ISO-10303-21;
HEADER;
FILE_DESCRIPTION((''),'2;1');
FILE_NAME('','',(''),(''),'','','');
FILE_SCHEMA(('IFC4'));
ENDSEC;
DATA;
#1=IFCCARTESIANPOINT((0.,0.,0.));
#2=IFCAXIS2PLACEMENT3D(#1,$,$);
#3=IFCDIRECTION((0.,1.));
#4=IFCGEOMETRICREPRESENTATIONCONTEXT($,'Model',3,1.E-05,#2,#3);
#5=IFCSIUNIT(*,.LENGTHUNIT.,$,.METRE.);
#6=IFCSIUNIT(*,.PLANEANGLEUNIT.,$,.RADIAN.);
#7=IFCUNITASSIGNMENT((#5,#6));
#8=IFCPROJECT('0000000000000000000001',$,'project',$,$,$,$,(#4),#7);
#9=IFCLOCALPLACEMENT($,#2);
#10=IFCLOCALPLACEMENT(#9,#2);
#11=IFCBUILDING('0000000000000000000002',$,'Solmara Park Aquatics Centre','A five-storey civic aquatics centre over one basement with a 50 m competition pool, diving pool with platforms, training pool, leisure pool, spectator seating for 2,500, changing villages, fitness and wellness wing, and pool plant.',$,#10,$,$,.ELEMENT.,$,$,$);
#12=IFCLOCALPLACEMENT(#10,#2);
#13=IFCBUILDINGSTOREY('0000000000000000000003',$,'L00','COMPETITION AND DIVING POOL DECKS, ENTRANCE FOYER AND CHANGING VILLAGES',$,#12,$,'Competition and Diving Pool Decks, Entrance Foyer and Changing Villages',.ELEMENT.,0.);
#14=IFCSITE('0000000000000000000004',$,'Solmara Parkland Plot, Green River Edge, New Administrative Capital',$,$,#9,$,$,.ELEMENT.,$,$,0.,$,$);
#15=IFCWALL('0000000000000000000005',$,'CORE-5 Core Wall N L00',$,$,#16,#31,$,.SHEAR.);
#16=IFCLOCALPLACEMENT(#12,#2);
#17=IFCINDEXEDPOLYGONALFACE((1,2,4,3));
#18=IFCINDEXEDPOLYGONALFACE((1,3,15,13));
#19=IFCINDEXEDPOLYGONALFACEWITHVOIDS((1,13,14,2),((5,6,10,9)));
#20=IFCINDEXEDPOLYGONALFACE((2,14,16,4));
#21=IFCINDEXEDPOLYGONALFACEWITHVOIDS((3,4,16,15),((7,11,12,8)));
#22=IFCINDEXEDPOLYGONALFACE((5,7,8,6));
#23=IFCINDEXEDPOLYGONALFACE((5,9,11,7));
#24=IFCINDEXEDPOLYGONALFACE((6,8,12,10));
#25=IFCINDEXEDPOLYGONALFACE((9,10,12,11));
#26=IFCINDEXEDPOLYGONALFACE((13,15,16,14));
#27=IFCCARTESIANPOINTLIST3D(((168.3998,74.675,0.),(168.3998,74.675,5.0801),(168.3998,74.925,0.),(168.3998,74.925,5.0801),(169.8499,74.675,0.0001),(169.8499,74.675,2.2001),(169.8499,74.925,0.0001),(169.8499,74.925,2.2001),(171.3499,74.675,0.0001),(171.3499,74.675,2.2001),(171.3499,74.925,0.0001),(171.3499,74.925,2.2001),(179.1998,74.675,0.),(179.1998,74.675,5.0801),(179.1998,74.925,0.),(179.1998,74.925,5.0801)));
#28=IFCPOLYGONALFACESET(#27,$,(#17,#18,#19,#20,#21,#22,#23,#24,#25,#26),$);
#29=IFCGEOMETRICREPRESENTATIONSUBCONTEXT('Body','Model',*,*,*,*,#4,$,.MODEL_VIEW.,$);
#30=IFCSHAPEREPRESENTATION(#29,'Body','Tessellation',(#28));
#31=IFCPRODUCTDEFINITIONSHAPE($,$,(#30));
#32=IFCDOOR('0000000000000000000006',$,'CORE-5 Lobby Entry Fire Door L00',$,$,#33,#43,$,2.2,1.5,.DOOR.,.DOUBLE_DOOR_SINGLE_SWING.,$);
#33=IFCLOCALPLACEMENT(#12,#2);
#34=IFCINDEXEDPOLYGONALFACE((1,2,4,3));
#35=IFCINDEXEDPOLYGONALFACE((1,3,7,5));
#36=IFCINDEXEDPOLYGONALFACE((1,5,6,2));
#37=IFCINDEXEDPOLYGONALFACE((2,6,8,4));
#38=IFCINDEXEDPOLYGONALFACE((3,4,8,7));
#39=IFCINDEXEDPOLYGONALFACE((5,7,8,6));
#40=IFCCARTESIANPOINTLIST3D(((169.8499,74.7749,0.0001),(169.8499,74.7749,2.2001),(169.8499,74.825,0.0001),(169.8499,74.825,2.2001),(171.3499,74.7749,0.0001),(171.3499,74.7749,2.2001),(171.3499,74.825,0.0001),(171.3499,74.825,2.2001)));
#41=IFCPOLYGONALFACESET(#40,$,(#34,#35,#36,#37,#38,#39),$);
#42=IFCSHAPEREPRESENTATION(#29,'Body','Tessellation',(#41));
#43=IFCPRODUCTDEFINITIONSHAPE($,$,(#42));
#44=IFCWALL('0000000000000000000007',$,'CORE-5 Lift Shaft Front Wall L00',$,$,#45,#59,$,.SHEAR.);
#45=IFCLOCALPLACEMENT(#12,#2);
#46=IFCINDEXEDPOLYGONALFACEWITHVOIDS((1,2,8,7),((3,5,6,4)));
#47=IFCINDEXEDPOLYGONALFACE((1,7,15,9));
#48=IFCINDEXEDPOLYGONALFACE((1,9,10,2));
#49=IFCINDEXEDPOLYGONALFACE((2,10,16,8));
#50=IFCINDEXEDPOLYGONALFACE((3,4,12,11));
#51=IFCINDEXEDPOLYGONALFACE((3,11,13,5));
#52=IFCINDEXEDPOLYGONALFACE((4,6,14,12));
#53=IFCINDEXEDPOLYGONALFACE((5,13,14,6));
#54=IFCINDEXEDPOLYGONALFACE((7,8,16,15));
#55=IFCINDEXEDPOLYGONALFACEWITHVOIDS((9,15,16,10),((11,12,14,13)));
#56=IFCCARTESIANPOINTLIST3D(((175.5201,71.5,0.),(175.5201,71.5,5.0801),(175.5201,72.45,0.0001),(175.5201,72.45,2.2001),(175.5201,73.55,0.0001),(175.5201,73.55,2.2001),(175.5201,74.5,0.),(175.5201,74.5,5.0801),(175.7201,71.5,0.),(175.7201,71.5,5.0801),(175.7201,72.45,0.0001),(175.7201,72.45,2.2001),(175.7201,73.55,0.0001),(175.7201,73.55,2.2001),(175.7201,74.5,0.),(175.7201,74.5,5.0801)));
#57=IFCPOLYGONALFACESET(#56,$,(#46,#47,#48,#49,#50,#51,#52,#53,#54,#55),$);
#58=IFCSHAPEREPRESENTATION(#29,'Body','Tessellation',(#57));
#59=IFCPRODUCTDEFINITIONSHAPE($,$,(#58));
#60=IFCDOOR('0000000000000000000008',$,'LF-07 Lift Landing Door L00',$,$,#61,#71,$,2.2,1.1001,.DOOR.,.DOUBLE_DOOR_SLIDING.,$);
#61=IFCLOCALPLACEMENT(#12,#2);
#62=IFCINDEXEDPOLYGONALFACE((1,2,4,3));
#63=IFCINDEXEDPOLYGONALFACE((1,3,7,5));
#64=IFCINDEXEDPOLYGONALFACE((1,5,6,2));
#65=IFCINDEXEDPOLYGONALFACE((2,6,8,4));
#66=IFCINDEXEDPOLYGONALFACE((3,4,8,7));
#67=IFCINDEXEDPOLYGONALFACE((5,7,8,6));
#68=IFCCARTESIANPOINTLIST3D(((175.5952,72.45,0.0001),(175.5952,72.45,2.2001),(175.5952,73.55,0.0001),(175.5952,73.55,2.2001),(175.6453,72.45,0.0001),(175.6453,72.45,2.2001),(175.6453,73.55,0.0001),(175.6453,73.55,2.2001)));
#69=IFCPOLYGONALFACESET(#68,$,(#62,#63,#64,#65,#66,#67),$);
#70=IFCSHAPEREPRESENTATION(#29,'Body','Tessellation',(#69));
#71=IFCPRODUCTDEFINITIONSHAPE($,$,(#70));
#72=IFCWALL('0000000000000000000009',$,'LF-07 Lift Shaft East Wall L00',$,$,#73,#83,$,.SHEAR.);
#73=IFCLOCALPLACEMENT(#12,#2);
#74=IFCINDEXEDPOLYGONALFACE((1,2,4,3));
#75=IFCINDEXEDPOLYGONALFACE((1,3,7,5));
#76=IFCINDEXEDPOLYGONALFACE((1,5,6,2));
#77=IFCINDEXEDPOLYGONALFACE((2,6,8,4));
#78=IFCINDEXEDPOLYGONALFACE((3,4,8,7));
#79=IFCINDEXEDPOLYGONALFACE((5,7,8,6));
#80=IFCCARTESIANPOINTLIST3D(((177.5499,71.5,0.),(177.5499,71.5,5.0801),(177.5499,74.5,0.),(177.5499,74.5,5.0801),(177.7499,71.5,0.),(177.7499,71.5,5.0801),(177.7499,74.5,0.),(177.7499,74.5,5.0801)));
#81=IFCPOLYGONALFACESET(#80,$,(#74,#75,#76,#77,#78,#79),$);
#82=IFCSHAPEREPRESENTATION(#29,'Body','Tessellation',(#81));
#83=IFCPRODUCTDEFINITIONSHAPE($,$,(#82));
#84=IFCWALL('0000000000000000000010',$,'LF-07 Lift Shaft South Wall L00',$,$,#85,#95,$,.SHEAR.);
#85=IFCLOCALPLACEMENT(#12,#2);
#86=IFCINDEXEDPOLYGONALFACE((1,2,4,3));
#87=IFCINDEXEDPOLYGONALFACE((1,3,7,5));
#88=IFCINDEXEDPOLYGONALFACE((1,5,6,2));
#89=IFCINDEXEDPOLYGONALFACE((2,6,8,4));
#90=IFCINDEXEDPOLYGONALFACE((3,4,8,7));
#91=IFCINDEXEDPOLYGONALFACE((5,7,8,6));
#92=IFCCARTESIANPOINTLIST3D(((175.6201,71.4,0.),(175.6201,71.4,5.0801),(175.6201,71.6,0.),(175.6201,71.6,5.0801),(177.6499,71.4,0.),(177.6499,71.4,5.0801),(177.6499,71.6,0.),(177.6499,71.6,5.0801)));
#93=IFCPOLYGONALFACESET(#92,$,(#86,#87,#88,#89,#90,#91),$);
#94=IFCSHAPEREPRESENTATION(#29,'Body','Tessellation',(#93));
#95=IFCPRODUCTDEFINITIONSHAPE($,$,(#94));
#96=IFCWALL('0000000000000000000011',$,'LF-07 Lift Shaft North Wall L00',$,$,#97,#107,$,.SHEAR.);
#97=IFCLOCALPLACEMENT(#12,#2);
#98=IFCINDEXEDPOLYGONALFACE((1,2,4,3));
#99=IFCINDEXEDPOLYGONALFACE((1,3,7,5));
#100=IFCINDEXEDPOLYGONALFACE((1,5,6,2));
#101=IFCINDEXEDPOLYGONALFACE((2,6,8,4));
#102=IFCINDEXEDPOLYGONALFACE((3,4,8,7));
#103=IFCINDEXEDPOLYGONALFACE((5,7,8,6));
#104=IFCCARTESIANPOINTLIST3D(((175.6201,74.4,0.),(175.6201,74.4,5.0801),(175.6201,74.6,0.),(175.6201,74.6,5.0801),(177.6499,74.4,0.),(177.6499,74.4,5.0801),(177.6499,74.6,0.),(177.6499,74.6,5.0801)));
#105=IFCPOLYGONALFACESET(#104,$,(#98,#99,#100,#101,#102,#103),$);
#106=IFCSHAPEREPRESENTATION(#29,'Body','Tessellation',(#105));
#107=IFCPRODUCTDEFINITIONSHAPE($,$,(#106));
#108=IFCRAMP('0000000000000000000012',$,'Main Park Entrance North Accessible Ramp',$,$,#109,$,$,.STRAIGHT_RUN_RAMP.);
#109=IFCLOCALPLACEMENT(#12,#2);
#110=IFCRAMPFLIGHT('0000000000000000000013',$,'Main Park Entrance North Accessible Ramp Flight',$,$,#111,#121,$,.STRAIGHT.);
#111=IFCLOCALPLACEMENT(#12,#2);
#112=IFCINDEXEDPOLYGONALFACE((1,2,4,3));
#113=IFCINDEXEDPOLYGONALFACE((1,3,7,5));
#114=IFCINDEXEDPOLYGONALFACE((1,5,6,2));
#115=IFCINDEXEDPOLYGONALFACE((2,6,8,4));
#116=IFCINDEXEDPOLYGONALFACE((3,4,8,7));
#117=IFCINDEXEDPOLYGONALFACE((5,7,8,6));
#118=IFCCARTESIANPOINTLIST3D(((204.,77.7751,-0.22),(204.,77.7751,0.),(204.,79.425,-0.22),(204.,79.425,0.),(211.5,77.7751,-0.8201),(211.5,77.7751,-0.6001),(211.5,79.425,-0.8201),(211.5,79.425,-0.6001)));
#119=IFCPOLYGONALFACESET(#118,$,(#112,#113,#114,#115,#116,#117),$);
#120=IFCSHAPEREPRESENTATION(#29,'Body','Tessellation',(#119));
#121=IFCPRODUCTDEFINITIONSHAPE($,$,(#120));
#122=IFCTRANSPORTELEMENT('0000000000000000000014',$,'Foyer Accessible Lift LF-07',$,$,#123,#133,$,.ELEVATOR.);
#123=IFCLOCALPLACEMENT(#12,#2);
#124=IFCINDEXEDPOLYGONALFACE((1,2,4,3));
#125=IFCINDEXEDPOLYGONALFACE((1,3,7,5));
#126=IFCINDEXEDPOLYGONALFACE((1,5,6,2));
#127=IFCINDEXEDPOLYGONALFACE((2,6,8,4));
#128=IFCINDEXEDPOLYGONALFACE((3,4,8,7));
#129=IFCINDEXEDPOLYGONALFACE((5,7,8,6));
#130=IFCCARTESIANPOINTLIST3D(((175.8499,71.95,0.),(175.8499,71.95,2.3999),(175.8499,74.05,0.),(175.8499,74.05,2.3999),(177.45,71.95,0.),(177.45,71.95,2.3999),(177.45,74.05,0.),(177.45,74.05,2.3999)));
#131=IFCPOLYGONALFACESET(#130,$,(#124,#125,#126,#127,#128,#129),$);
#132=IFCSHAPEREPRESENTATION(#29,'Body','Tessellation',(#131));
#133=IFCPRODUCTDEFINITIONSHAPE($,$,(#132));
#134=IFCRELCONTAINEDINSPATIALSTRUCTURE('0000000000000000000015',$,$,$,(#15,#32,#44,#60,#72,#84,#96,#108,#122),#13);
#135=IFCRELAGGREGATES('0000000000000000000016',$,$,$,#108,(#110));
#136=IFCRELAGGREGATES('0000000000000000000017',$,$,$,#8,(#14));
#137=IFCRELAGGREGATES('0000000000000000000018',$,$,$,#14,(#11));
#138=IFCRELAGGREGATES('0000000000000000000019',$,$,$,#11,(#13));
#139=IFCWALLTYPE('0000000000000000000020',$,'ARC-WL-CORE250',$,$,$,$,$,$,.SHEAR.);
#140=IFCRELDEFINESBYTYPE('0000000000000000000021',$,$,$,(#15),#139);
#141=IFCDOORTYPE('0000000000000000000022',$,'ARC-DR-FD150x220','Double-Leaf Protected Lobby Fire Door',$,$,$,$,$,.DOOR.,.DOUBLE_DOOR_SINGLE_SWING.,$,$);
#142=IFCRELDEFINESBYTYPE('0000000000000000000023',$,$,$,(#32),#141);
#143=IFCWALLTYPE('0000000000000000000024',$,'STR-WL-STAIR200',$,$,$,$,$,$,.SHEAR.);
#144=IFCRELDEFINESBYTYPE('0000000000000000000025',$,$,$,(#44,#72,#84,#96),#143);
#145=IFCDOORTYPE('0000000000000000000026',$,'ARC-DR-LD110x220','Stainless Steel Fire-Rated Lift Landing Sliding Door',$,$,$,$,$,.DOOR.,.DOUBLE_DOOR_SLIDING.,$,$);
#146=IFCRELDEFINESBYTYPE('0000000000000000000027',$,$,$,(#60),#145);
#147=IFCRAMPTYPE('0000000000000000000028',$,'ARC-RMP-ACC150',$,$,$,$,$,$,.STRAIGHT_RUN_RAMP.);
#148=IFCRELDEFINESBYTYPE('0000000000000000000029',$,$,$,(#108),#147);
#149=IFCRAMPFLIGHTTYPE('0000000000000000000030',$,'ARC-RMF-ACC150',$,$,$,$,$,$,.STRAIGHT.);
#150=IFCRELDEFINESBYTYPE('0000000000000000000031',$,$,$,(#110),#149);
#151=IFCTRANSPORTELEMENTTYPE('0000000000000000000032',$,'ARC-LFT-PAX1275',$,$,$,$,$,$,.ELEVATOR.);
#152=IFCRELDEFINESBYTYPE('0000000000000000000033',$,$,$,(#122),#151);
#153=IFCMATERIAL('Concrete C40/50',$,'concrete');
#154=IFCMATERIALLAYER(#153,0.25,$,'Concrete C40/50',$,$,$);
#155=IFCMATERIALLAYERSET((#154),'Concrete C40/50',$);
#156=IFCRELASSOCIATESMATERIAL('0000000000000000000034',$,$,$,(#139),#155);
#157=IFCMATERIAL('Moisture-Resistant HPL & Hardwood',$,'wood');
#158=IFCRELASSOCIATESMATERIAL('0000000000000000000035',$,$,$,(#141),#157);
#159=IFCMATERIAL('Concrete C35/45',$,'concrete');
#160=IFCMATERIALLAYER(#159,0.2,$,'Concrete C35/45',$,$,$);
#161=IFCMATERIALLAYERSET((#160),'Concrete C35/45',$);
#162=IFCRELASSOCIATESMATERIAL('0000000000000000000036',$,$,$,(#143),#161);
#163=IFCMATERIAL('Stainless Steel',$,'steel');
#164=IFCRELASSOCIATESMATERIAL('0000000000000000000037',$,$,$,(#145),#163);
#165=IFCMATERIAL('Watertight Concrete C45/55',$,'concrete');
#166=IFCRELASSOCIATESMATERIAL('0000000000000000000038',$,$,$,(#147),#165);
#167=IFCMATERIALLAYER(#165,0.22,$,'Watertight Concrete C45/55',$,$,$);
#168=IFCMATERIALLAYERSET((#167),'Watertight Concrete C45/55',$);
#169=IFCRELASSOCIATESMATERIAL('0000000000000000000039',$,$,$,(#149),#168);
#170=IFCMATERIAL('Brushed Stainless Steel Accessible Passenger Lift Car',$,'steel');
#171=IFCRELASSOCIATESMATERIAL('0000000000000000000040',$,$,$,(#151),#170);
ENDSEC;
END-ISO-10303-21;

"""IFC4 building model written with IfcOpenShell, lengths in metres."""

from ifc_helpers import new_model, si_unit, direction, frame, frame_2d, origin, origin_2d, place, context, subcontext, project, spatial, polyline, rectangle, outline, extrude, material, layer, layer_set, type_object, element, fill, aggregate, save


model = new_model("IFC4")

# Units and contexts
model_context = context("Model", 3, precision=1e-05, world=origin(), true_north=direction((0.0, 1.0)))
body_context = subcontext(model_context, "Body", "Model", "MODEL_VIEW")
ifc_project = project(units=[si_unit("LENGTHUNIT", "METRE"), si_unit("PLANEANGLEUNIT", "RADIAN")], contexts=[model_context])

# Site, building, storey
site_placement = place(None, origin())
site = spatial("IfcSite", under=ifc_project, at=site_placement, Name="Solmara Parkland Plot, Green River Edge, New Administrative Capital", CompositionType="ELEMENT", RefElevation=0.0)
building_placement = place(site_placement, origin())
building = spatial("IfcBuilding", under=site, at=building_placement, Name="Solmara Park Aquatics Centre", Description="A five-storey civic aquatics centre over one basement with a 50 m competition pool, diving pool with platforms, training pool, leisure pool, spectator seating for 2,500, changing villages, fitness and wellness wing, and pool plant.", CompositionType="ELEMENT")
storey_placement = place(building_placement, origin())
storey = spatial("IfcBuildingStorey", under=building, at=storey_placement, Name="L00", Description="COMPETITION AND DIVING POOL DECKS, ENTRANCE FOYER AND CHANGING VILLAGES", LongName="Competition and Diving Pool Decks, Entrance Foyer and Changing Villages", CompositionType="ELEMENT", Elevation=0.0)

# Shared definitions
ifc_material_1 = material(Name="Concrete C40/50", Category="concrete")

# Walls, openings, doors
ifc_layer_1 = layer(ifc_material_1, 0.25, Name="Concrete C40/50")
ifc_layer_set_1 = layer_set([ifc_layer_1], Name="Concrete C40/50")
wall_type_1 = type_object("IfcWallType", Name="ARC-WL-CORE250", PredefinedType="SHEAR", material=ifc_layer_set_1)
wall_1_placement = place(storey_placement, frame((168.3999, 74.8, 0.0), z_axis=(0.0, 0.0, 1.0), x_axis=(1.0, 0.0, 0.0)))
wall_1 = element("IfcWall", 1, at=wall_1_placement, inside=storey, type_object=wall_type_1, Name="CORE-5 Core Wall N L00", PredefinedType="SHEAR", context=body_context, shape_type="SweptSolid", body=[
    extrude(rectangle(XDim=10.8, YDim=0.25, at=frame_2d((5.3999, 0.0))), origin(), (0.0, 0.0, 1.0), 5.0801),
])
opening_1_placement = place(wall_1_placement, frame((1.45, 0.0, 0.0)))
opening_1 = element("IfcOpeningElement", 2, at=opening_1_placement, cuts=wall_1, PredefinedType="OPENING", context=body_context, shape_type="SweptSolid", body=[
    extrude(rectangle(XDim=1.5, YDim=2.2, at=frame_2d((0.75, 1.1001))), frame((0.0, 0.135, 0.0), z_axis=(0.0, -1.0, 0.0), x_axis=(1.0, 0.0, 0.0)), (0.0, 0.0, 1.0), 0.27),
])
ifc_material_2 = material(Name="Moisture-Resistant HPL & Hardwood", Category="wood")
door_type_1 = type_object("IfcDoorType", Name="ARC-DR-FD150x220", Description="Double-Leaf Protected Lobby Fire Door", OperationType="DOUBLE_DOOR_SINGLE_SWING", PredefinedType="DOOR", material=ifc_material_2)
door_1_placement = place(opening_1_placement, origin())
door_1 = element("IfcDoor", 3, at=door_1_placement, inside=storey, type_object=door_type_1, Name="CORE-5 Lobby Entry Fire Door L00", OperationType="DOUBLE_DOOR_SINGLE_SWING", OverallHeight=2.2, OverallWidth=1.5, PredefinedType="DOOR", context=body_context, shape_type="SweptSolid", body=[
    extrude(rectangle(XDim=1.5, YDim=2.2, at=frame_2d((0.75, 1.1001))), frame((0.0, 0.0249, 0.0), z_axis=(0.0, -1.0, 0.0), x_axis=(1.0, 0.0, 0.0)), (0.0, 0.0, 1.0), 0.05),
])
fill(opening_1, door_1)
ifc_material_3 = material(Name="Concrete C35/45", Category="concrete")
ifc_layer_2 = layer(ifc_material_3, 0.2, Name="Concrete C35/45")
ifc_layer_set_2 = layer_set([ifc_layer_2], Name="Concrete C35/45")
wall_type_2 = type_object("IfcWallType", Name="STR-WL-STAIR200", PredefinedType="SHEAR", material=ifc_layer_set_2)
wall_2_placement = place(storey_placement, frame((175.6201, 71.5, 0.0), z_axis=(0.0, 0.0, 1.0), x_axis=(0.0, 1.0, 0.0)))
wall_2 = element("IfcWall", 4, at=wall_2_placement, inside=storey, type_object=wall_type_2, Name="CORE-5 Lift Shaft Front Wall L00", PredefinedType="SHEAR", context=body_context, shape_type="SweptSolid", body=[
    extrude(rectangle(XDim=3.0, YDim=0.2, at=frame_2d((1.5, 0.0))), origin(), (0.0, 0.0, 1.0), 5.0801),
])
opening_2_placement = place(wall_2_placement, frame((0.95, 0.0, 0.0)))
opening_2 = element("IfcOpeningElement", 5, at=opening_2_placement, cuts=wall_2, PredefinedType="OPENING", context=body_context, shape_type="SweptSolid", body=[
    extrude(rectangle(XDim=1.1001, YDim=2.2, at=frame_2d((0.55, 1.1001))), frame((0.0, 0.1099, 0.0), z_axis=(0.0, -1.0, 0.0), x_axis=(1.0, 0.0, 0.0)), (0.0, 0.0, 1.0), 0.22),
])
ifc_material_4 = material(Name="Stainless Steel", Category="steel")
door_type_2 = type_object("IfcDoorType", Name="ARC-DR-LD110x220", Description="Stainless Steel Fire-Rated Lift Landing Sliding Door", OperationType="DOUBLE_DOOR_SLIDING", PredefinedType="DOOR", material=ifc_material_4)
door_2_placement = place(opening_2_placement, origin())
door_2 = element("IfcDoor", 6, at=door_2_placement, inside=storey, type_object=door_type_2, Name="LF-07 Lift Landing Door L00", OperationType="DOUBLE_DOOR_SLIDING", OverallHeight=2.2, OverallWidth=1.1001, PredefinedType="DOOR", context=body_context, shape_type="SweptSolid", body=[
    extrude(rectangle(XDim=1.1001, YDim=2.2, at=frame_2d((0.55, 1.1001))), frame((0.0, 0.0249, 0.0), z_axis=(0.0, -1.0, 0.0), x_axis=(1.0, 0.0, 0.0)), (0.0, 0.0, 1.0), 0.05),
])
fill(opening_2, door_2)

# Walls
wall_3_placement = place(storey_placement, frame((177.6499, 71.5, 0.0), z_axis=(0.0, 0.0, 1.0), x_axis=(0.0, 1.0, 0.0)))
element("IfcWall", 7, at=wall_3_placement, inside=storey, type_object=wall_type_2, Name="LF-07 Lift Shaft East Wall L00", PredefinedType="SHEAR", context=body_context, shape_type="SweptSolid", body=[
    extrude(rectangle(XDim=3.0, YDim=0.2, at=frame_2d((1.5, 0.0))), origin(), (0.0, 0.0, 1.0), 5.0801),
])
for number, where, z_axis, x_axis, name in (
    (8, (175.6201, 71.5, 0.0), (0.0, 0.0, 1.0), (1.0, 0.0, 0.0), "LF-07 Lift Shaft South Wall L00"),
    (9, (175.6201, 74.5, 0.0), (0.0, 0.0, 1.0), (1.0, 0.0, 0.0), "LF-07 Lift Shaft North Wall L00"),
):
    element("IfcWall", number, at=place(storey_placement, frame(where, z_axis=z_axis, x_axis=x_axis)), inside=storey, type_object=wall_type_2, Name=name, PredefinedType="SHEAR", context=body_context, shape_type="SweptSolid", body=[
        extrude(rectangle(XDim=2.0298, YDim=0.2, at=frame_2d((1.0149, 0.0))), origin(), (0.0, 0.0, 1.0), 5.0801),
    ])

# Ramp, ramp flight
ifc_material_5 = material(Name="Watertight Concrete C45/55", Category="concrete")
ramp_type = type_object("IfcRampType", Name="ARC-RMP-ACC150", PredefinedType="STRAIGHT_RUN_RAMP", material=ifc_material_5)
ramp_placement = place(storey_placement, origin())
ramp = element("IfcRamp", 10, at=ramp_placement, inside=storey, type_object=ramp_type, Name="Main Park Entrance North Accessible Ramp", PredefinedType="STRAIGHT_RUN_RAMP")
ifc_layer_3 = layer(ifc_material_5, 0.22, Name="Watertight Concrete C45/55")
ifc_layer_set_3 = layer_set([ifc_layer_3], Name="Watertight Concrete C45/55")
ramp_flight_type = type_object("IfcRampFlightType", Name="ARC-RMF-ACC150", PredefinedType="STRAIGHT", material=ifc_layer_set_3)
ramp_flight_placement = place(storey_placement, frame((211.5, 78.6001, -0.6001), z_axis=(0.0, 0.0, 1.0), x_axis=(-1.0, 0.0, 0.0)))
ramp_flight = element("IfcRampFlight", 11, at=ramp_flight_placement, type_object=ramp_flight_type, Name="Main Park Entrance North Accessible Ramp Flight", PredefinedType="STRAIGHT", context=body_context, shape_type="SweptSolid", body=[
    extrude(outline(polyline([(0.0, 0.0), (0.0, -0.22), (7.5, 0.3801), (7.5, 0.6001), (0.0, 0.0)])), frame((0.0, 0.825, 0.0), z_axis=(0.0, -1.0, 0.0), x_axis=(1.0, 0.0, 0.0)), (0.0, 0.0, 1.0), 1.6499),
])
aggregate(ramp, [ramp_flight])

# Transport element
ifc_material_6 = material(Name="Brushed Stainless Steel Accessible Passenger Lift Car", Category="steel")
transport_element_type = type_object("IfcTransportElementType", Name="ARC-LFT-PAX1275", PredefinedType="ELEVATOR", material=ifc_material_6)
transport_element_placement = place(storey_placement, frame((176.6499, 73.0, 0.0), z_axis=(0.0, 0.0, 1.0), x_axis=(1.0, 0.0, 0.0)))
element("IfcTransportElement", 12, at=transport_element_placement, inside=storey, type_object=transport_element_type, Name="Foyer Accessible Lift LF-07", PredefinedType="ELEVATOR", context=body_context, shape_type="SweptSolid", body=[
    extrude(rectangle(XDim=1.6001, YDim=2.1001, at=origin_2d()), origin(), (0.0, 0.0, 1.0), 2.3999),
])

save(model, "model.ifc")
